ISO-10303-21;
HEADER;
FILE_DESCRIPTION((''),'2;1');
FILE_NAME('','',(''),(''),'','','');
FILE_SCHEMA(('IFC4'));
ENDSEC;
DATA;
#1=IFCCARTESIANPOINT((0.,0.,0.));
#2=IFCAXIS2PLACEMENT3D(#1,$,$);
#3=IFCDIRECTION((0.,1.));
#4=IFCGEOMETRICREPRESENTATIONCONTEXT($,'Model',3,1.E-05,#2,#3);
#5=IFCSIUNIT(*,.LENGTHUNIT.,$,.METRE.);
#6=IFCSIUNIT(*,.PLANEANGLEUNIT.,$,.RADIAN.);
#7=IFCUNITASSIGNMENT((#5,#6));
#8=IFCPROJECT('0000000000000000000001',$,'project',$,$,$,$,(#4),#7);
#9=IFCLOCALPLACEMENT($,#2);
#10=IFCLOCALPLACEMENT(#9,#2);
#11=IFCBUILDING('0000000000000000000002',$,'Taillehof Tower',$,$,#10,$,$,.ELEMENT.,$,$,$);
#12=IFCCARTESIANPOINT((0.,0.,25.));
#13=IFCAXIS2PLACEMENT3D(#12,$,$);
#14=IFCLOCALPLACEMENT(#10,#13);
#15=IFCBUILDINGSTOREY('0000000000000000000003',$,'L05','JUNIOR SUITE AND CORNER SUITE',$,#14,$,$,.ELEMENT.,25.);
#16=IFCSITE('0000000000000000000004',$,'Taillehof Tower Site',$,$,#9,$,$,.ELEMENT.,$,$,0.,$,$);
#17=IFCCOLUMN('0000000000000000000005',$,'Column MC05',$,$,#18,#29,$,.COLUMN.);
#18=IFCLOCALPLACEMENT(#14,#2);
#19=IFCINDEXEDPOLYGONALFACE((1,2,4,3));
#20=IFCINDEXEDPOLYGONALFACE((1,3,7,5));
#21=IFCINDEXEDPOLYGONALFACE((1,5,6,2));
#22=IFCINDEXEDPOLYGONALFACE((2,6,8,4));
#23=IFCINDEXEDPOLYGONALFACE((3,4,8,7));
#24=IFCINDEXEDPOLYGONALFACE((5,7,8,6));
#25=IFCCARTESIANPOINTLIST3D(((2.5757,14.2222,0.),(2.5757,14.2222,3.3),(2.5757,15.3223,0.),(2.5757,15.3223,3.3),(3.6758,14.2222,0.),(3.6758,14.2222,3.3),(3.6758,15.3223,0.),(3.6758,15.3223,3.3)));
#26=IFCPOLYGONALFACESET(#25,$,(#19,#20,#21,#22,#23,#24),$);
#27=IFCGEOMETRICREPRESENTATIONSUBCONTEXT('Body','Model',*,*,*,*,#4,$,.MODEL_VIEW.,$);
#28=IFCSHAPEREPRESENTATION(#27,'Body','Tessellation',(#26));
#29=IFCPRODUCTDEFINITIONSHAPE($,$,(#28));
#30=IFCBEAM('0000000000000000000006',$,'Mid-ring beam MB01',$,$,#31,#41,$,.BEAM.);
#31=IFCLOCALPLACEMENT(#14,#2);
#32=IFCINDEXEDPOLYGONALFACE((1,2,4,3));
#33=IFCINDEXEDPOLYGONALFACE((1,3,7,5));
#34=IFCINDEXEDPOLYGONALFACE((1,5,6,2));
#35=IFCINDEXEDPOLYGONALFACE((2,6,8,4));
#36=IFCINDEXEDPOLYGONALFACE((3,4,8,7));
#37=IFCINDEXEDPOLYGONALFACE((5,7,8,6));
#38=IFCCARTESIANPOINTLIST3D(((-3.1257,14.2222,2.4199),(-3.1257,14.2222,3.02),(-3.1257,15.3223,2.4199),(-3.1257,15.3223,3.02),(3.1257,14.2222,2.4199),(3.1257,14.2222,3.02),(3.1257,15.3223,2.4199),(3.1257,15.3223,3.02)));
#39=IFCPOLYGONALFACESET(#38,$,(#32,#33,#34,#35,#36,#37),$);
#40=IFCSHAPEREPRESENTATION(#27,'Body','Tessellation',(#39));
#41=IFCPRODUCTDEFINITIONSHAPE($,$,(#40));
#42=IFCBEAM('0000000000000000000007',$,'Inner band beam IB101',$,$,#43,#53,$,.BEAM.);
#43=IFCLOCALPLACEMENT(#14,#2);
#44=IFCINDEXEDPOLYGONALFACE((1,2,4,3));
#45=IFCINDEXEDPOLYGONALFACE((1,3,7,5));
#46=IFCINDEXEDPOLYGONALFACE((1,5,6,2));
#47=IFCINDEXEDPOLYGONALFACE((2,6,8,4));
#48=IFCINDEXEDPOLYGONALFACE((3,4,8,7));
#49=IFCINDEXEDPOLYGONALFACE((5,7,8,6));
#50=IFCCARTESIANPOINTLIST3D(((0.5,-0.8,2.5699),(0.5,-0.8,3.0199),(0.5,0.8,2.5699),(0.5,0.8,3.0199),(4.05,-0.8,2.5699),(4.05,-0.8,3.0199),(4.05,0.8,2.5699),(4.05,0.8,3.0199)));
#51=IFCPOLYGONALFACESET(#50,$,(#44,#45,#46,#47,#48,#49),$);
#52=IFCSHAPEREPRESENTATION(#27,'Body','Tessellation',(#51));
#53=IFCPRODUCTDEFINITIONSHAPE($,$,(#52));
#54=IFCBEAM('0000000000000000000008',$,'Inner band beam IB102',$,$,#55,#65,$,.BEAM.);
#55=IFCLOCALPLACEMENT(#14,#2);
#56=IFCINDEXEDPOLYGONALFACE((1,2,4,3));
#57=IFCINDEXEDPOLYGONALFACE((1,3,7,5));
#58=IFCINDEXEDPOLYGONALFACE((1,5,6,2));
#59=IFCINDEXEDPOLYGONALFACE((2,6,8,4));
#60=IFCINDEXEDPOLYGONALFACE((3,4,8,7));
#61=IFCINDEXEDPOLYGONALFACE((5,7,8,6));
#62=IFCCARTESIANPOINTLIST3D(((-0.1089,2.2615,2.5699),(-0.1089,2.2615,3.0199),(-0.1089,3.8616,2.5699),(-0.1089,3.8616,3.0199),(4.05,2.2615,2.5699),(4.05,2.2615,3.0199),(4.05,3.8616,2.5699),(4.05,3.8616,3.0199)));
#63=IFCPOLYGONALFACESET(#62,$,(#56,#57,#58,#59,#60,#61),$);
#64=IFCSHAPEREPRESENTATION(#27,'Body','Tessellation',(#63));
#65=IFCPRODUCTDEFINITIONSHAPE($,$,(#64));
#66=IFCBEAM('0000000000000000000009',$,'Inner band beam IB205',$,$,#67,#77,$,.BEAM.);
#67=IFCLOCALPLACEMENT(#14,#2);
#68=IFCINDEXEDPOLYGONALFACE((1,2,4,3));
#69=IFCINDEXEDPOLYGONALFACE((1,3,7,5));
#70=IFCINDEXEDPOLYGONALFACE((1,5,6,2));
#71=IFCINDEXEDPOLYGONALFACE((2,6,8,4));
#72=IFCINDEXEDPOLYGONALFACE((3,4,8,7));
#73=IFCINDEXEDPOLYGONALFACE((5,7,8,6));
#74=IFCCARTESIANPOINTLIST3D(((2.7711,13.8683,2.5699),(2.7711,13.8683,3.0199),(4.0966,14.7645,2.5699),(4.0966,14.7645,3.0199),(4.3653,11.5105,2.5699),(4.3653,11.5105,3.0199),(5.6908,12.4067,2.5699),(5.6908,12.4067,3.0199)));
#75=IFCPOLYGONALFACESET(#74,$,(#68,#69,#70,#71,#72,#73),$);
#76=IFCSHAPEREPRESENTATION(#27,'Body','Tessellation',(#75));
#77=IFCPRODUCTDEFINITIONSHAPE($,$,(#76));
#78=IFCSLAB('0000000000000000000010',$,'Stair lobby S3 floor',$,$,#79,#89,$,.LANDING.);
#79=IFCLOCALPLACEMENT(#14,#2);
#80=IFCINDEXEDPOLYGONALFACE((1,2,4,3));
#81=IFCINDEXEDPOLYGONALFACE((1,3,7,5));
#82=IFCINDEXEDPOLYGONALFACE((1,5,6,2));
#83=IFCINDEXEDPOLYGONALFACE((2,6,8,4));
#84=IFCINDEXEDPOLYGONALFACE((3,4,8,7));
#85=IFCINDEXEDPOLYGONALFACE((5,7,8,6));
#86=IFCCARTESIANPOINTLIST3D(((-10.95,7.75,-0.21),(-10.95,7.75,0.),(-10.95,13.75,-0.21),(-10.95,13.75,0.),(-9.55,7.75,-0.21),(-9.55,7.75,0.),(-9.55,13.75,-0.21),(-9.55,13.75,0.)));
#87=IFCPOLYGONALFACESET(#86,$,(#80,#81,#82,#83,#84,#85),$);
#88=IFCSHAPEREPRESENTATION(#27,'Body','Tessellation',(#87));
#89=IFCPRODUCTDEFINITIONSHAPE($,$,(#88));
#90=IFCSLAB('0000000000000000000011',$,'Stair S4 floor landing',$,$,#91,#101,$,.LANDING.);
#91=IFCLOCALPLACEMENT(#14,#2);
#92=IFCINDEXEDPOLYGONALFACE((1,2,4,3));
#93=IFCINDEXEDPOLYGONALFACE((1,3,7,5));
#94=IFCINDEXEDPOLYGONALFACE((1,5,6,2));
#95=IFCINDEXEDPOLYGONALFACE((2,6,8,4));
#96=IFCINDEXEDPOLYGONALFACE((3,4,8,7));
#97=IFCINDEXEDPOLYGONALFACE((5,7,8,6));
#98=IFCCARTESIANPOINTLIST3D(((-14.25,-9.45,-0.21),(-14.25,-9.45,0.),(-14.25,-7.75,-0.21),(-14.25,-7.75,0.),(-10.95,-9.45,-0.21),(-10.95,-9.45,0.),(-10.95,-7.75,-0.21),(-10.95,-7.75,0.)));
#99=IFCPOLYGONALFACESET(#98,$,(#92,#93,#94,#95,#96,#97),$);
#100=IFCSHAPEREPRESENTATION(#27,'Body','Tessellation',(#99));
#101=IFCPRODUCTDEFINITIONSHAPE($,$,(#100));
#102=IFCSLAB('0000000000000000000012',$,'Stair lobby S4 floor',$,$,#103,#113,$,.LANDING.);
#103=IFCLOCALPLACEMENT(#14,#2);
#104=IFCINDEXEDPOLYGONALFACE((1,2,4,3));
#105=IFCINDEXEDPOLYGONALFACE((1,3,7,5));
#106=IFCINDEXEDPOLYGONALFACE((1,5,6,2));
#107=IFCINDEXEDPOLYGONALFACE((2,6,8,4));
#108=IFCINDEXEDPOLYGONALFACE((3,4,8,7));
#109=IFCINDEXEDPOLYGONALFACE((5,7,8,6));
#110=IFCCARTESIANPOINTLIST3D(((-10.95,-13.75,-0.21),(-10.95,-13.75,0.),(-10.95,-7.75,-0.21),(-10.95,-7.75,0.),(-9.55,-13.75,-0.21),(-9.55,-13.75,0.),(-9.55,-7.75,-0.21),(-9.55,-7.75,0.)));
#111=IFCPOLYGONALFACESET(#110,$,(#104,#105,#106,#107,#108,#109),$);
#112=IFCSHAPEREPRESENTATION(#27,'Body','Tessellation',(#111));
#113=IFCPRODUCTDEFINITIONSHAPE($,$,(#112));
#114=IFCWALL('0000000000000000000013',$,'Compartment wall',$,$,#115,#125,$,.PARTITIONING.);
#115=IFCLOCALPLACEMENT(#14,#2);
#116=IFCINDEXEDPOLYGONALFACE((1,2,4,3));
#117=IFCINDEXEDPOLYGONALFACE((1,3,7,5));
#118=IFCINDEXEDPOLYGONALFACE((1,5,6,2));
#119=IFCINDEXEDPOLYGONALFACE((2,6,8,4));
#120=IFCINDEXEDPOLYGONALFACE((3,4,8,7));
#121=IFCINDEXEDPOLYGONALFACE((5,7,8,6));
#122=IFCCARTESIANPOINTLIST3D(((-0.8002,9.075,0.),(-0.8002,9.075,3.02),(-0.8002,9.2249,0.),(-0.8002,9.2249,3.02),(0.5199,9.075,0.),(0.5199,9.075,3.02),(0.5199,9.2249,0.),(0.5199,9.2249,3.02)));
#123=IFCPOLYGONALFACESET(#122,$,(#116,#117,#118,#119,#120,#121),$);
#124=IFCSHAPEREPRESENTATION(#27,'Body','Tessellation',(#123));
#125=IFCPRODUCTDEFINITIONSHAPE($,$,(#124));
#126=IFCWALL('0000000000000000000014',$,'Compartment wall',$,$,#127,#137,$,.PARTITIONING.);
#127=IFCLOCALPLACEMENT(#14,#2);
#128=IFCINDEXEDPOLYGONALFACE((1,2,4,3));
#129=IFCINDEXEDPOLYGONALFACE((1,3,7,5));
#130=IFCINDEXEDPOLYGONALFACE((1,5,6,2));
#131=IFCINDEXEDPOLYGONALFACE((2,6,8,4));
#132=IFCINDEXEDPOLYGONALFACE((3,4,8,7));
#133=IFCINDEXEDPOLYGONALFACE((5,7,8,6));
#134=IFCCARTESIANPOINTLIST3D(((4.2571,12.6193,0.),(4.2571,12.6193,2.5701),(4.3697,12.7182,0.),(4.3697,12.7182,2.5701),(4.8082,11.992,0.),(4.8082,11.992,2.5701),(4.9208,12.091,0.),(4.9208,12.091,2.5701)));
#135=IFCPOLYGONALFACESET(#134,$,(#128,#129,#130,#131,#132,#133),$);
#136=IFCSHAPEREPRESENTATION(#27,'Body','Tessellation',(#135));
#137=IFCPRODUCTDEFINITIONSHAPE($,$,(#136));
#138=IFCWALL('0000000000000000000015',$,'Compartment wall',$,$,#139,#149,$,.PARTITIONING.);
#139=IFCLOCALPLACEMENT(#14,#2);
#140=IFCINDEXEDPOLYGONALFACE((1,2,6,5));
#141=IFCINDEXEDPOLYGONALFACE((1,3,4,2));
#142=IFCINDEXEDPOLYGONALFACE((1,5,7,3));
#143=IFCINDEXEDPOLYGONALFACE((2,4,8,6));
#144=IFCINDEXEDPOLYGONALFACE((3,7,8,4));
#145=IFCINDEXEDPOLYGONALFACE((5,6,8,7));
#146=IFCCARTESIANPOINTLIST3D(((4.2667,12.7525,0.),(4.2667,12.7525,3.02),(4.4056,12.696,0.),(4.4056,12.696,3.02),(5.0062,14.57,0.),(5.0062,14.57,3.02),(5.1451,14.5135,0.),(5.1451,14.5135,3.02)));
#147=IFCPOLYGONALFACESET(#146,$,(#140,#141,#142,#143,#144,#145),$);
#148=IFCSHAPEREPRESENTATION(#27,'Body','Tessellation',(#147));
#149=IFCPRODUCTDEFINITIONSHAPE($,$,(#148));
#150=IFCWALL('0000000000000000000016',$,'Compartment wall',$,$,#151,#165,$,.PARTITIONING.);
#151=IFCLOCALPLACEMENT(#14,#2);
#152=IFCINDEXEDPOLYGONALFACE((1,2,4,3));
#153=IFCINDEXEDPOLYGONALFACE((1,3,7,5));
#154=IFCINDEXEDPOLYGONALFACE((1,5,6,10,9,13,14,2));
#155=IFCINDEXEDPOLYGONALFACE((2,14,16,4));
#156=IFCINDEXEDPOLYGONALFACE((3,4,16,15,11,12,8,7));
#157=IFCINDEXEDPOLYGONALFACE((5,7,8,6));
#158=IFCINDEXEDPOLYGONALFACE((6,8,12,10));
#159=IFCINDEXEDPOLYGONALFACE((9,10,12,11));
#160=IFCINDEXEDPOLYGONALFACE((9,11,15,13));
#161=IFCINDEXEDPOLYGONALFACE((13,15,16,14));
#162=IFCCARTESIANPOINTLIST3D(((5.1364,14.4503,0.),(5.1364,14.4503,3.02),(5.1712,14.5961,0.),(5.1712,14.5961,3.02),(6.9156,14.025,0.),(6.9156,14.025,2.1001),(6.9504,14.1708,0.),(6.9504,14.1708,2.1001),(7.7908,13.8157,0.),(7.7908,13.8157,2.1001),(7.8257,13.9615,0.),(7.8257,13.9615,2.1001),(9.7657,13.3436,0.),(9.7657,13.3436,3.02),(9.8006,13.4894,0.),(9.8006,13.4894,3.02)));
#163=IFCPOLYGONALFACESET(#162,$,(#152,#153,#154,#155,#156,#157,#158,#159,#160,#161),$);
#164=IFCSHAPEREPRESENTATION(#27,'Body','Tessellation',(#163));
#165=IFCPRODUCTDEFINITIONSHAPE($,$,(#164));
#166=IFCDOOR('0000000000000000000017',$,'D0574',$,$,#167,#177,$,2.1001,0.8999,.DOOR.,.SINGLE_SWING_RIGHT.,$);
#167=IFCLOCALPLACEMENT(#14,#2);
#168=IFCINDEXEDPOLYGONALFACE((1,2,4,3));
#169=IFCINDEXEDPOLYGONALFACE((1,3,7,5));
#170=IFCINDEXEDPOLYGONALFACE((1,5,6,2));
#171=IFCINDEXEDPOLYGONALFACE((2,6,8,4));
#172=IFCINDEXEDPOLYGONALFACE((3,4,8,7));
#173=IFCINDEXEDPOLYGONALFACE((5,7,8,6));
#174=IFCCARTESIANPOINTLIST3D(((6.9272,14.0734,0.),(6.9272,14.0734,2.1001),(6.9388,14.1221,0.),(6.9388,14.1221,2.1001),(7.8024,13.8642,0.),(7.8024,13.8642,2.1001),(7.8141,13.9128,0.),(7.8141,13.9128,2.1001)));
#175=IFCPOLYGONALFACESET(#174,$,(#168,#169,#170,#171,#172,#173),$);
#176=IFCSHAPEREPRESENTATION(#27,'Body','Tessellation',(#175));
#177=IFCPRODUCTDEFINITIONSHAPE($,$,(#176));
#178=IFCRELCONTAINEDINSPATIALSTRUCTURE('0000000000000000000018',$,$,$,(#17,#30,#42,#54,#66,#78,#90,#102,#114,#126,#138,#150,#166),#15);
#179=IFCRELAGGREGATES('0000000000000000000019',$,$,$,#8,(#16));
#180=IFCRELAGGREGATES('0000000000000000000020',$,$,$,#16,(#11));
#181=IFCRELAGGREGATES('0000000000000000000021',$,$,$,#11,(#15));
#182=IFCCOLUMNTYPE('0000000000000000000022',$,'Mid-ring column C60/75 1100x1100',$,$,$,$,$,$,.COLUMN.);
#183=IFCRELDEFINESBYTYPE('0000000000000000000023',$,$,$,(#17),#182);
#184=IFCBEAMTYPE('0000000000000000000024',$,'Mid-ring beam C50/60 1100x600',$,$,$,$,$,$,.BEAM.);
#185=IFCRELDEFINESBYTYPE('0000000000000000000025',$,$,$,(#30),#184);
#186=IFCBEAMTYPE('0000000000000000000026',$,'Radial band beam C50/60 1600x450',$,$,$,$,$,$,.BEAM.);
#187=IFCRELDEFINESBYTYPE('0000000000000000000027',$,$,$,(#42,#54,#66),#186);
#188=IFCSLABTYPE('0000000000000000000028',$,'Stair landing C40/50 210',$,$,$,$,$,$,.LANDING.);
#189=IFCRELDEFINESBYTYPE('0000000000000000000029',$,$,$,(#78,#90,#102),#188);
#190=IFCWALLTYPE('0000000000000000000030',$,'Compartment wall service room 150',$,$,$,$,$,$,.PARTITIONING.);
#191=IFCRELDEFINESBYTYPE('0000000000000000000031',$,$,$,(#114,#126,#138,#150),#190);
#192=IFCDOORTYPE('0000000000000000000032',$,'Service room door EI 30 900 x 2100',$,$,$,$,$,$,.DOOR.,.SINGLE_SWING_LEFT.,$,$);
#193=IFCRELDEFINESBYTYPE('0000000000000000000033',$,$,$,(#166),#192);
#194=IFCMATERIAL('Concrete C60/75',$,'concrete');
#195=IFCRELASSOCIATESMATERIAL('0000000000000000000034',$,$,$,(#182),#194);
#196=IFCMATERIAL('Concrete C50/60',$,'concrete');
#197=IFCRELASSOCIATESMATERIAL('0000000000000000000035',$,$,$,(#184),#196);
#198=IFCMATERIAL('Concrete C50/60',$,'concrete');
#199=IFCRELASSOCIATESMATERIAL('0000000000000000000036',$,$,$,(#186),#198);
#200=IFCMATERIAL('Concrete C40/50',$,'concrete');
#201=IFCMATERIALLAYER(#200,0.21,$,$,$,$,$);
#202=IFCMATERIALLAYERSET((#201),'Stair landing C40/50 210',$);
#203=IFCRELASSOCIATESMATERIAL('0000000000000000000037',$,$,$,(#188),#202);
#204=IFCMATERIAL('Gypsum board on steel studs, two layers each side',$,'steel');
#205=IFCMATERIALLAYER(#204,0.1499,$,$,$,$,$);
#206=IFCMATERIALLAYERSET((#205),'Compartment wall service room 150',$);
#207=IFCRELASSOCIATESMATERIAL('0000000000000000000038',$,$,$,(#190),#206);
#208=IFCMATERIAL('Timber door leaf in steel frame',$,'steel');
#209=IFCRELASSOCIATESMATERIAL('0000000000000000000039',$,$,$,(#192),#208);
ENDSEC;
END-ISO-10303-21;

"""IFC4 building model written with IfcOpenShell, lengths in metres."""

from ifc_helpers import new_model, si_unit, direction, frame, frame_2d, origin, origin_2d, place, context, subcontext, project, spatial, polyline, rectangle, outline, extrude, material, layer, layer_set, material_profile, profile_set, type_object, element, fill, save


model = new_model("IFC4")

# Units and contexts
model_context = context("Model", 3, precision=1e-05, world=origin(), true_north=direction((0.0, 1.0)))
body_context = subcontext(model_context, "Body", "Model", "MODEL_VIEW")
ifc_project = project(units=[si_unit("LENGTHUNIT", "METRE"), si_unit("PLANEANGLEUNIT", "RADIAN")], contexts=[model_context])

# Site, building, storey
site_placement = place(None, origin())
site = spatial("IfcSite", under=ifc_project, at=site_placement, Name="Taillehof Tower Site", CompositionType="ELEMENT", RefElevation=0.0)
building_placement = place(site_placement, origin())
building = spatial("IfcBuilding", under=site, at=building_placement, Name="Taillehof Tower", CompositionType="ELEMENT")
storey_placement = place(building_placement, frame((0.0, 0.0, 25.0)))
storey = spatial("IfcBuildingStorey", under=building, at=storey_placement, Name="L05", Description="JUNIOR SUITE AND CORNER SUITE", CompositionType="ELEMENT", Elevation=25.0)

# Column
ifc_material_1 = material(Name="Concrete C60/75", Category="concrete")
ifc_material_profile_1 = material_profile(ifc_material_1, rectangle(XDim=1.1001, YDim=1.1001, at=origin_2d()), Name="RC 1100x1100")
ifc_profile_set_1 = profile_set([ifc_material_profile_1], Name="Concrete C60/75")
column_type = type_object("IfcColumnType", Name="Mid-ring column C60/75 1100x1100", PredefinedType="COLUMN", material=ifc_profile_set_1)
column_placement = place(storey_placement, frame((3.1257, 14.7722, 0.0), z_axis=(0.0, 0.0, 1.0), x_axis=(1.0, 0.0, 0.0)))
element("IfcColumn", 1, at=column_placement, inside=storey, type_object=column_type, Name="Column MC05", PredefinedType="COLUMN", context=body_context, shape_type="SweptSolid", body=[
    extrude(rectangle(XDim=1.1001, YDim=1.1001, at=origin_2d()), origin(), (0.0, 0.0, 1.0), 3.3),
])

# Beams
ifc_material_2 = material(Name="Concrete C50/60", Category="concrete")
ifc_material_profile_2 = material_profile(ifc_material_2, rectangle(XDim=1.1001, YDim=0.6001, at=origin_2d()), Name="RC 1100x600")
ifc_profile_set_2 = profile_set([ifc_material_profile_2], Name="Concrete C50/60")
beam_type_1 = type_object("IfcBeamType", Name="Mid-ring beam C50/60 1100x600", PredefinedType="BEAM", material=ifc_profile_set_2)
beam_1_placement = place(storey_placement, frame((3.1257, 14.7722, 2.72), z_axis=(-1.0, 0.0, 0.0), x_axis=(0.0, -1.0, 0.0)))
element("IfcBeam", 2, at=beam_1_placement, inside=storey, type_object=beam_type_1, Name="Mid-ring beam MB01", PredefinedType="BEAM", context=body_context, shape_type="SweptSolid", body=[
    extrude(rectangle(XDim=1.1001, YDim=0.6001, at=origin_2d()), origin(), (0.0, 0.0, 1.0), 6.2515),
])
ifc_material_3 = material(Name="Concrete C50/60", Category="concrete")
ifc_material_profile_3 = material_profile(ifc_material_3, rectangle(XDim=1.6001, YDim=0.45, at=origin_2d()), Name="RC 1600x450")
ifc_profile_set_3 = profile_set([ifc_material_profile_3], Name="Concrete C50/60")
beam_type_2 = type_object("IfcBeamType", Name="Radial band beam C50/60 1600x450", PredefinedType="BEAM", material=ifc_profile_set_3)
beam_2_placement = place(storey_placement, frame((0.5, 0.0, 2.7949), z_axis=(1.0, 0.0, 0.0), x_axis=(0.0, 1.0, 0.0)))
element("IfcBeam", 3, at=beam_2_placement, inside=storey, type_object=beam_type_2, Name="Inner band beam IB101", PredefinedType="BEAM", context=body_context, shape_type="SweptSolid", body=[
    extrude(rectangle(XDim=1.6001, YDim=0.45, at=origin_2d()), origin(), (0.0, 0.0, 1.0), 3.55),
])
beam_3_placement = place(storey_placement, frame((-0.1089, 3.0615, 2.7949), z_axis=(1.0, 0.0, 0.0), x_axis=(0.0, 1.0, 0.0)))
element("IfcBeam", 4, at=beam_3_placement, inside=storey, type_object=beam_type_2, Name="Inner band beam IB102", PredefinedType="BEAM", context=body_context, shape_type="SweptSolid", body=[
    extrude(rectangle(XDim=1.6001, YDim=0.45, at=origin_2d()), origin(), (0.0, 0.0, 1.0), 4.1589),
])
beam_4_placement = place(storey_placement, frame((3.4338, 14.3164, 2.7949), z_axis=(0.560112, -0.828417, 0.0), x_axis=(0.828417, 0.560112, 0.0)))
element("IfcBeam", 5, at=beam_4_placement, inside=storey, type_object=beam_type_2, Name="Inner band beam IB205", PredefinedType="BEAM", context=body_context, shape_type="SweptSolid", body=[
    extrude(rectangle(XDim=1.6001, YDim=0.45, at=origin_2d()), origin(), (0.0, 0.0, 1.0), 2.8462),
])

# Slabs
ifc_material_4 = material(Name="Concrete C40/50", Category="concrete")
ifc_layer_1 = layer(ifc_material_4, 0.21)
ifc_layer_set_1 = layer_set([ifc_layer_1], Name="Stair landing C40/50 210")
slab_type = type_object("IfcSlabType", Name="Stair landing C40/50 210", PredefinedType="LANDING", material=ifc_layer_set_1)
slab_1_placement = place(storey_placement, frame((0.0, 0.0, -0.21)))
element("IfcSlab", 6, at=slab_1_placement, inside=storey, type_object=slab_type, Name="Stair lobby S3 floor", PredefinedType="LANDING", context=body_context, shape_type="SweptSolid", body=[
    extrude(outline(polyline([(-10.95, 7.75), (-9.55, 7.75), (-9.55, 13.75), (-10.95, 13.75), (-10.95, 7.75)])), origin(), (0.0, 0.0, 1.0), 0.21),
])
slab_2_placement = place(storey_placement, frame((0.0, 0.0, -0.21)))
element("IfcSlab", 7, at=slab_2_placement, inside=storey, type_object=slab_type, Name="Stair S4 floor landing", PredefinedType="LANDING", context=body_context, shape_type="SweptSolid", body=[
    extrude(outline(polyline([(-14.25, -7.75), (-14.25, -9.45), (-10.95, -9.45), (-10.95, -7.75), (-14.25, -7.75)])), origin(), (0.0, 0.0, 1.0), 0.21),
])
slab_3_placement = place(storey_placement, frame((0.0, 0.0, -0.21)))
element("IfcSlab", 8, at=slab_3_placement, inside=storey, type_object=slab_type, Name="Stair lobby S4 floor", PredefinedType="LANDING", context=body_context, shape_type="SweptSolid", body=[
    extrude(outline(polyline([(-10.95, -13.75), (-9.55, -13.75), (-9.55, -7.75), (-10.95, -7.75), (-10.95, -13.75)])), origin(), (0.0, 0.0, 1.0), 0.21),
])

# Walls
ifc_material_5 = material(Name="Gypsum board on steel studs, two layers each side", Category="steel")
ifc_layer_2 = layer(ifc_material_5, 0.1499)
ifc_layer_set_2 = layer_set([ifc_layer_2], Name="Compartment wall service room 150")
wall_type_1 = type_object("IfcWallType", Name="Compartment wall service room 150", PredefinedType="PARTITIONING", material=ifc_layer_set_2)
wall_1_placement = place(storey_placement, frame((0.52, 9.1499, 0.0), z_axis=(0.0, 0.0, 1.0), x_axis=(-1.0, 0.0, 0.0)))
element("IfcWall", 9, at=wall_1_placement, inside=storey, type_object=wall_type_1, Name="Compartment wall", PredefinedType="PARTITIONING", context=body_context, shape_type="SweptSolid", body=[
    extrude(rectangle(XDim=1.3201, YDim=0.1499, at=frame_2d((0.6602, 0.0))), origin(), (0.0, 0.0, 1.0), 3.02),
])
wall_2_placement = place(storey_placement, frame((4.8645, 12.0415, 0.0), z_axis=(0.0, 0.0, 1.0), x_axis=(-0.660015, 0.751253, 0.0)))
element("IfcWall", 10, at=wall_2_placement, inside=storey, type_object=wall_type_1, Name="Compartment wall", PredefinedType="PARTITIONING", context=body_context, shape_type="SweptSolid", body=[
    extrude(rectangle(XDim=0.835, YDim=0.1499, at=frame_2d((0.4175, 0.0))), origin(), (0.0, 0.0, 1.0), 2.5701),
])
wall_3_placement = place(storey_placement, frame((4.3362, 12.7244, 0.0), z_axis=(0.0, 0.0, 1.0), x_axis=(0.376898, 0.926255, 0.0)))
element("IfcWall", 11, at=wall_3_placement, inside=storey, type_object=wall_type_1, Name="Compartment wall", PredefinedType="PARTITIONING", context=body_context, shape_type="SweptSolid", body=[
    extrude(rectangle(XDim=1.9622, YDim=0.1499, at=frame_2d((0.981, 0.0))), origin(), (0.0, 0.0, 1.0), 3.02),
])

# Wall, opening, door
wall_4_placement = place(storey_placement, frame((5.1538, 14.5232, 0.0), z_axis=(0.0, 0.0, 1.0), x_axis=(0.972595, -0.232506, 0.0)))
wall_4 = element("IfcWall", 12, at=wall_4_placement, inside=storey, type_object=wall_type_1, Name="Compartment wall", PredefinedType="PARTITIONING", context=body_context, shape_type="SweptSolid", body=[
    extrude(rectangle(XDim=4.7598, YDim=0.1499, at=frame_2d((2.3799, 0.0))), origin(), (0.0, 0.0, 1.0), 3.02),
])
opening_1_placement = place(wall_4_placement, frame((1.8293, 0.0, 0.0)))
opening_1 = element("IfcOpeningElement", 13, at=opening_1_placement, cuts=wall_4, PredefinedType="OPENING", context=body_context, shape_type="SweptSolid", body=[
    extrude(rectangle(XDim=0.8999, YDim=2.1001, at=frame_2d((0.45, 1.05))), frame((0.0, 0.085, 0.0), z_axis=(0.0, -1.0, 0.0), x_axis=(1.0, 0.0, 0.0)), (0.0, 0.0, 1.0), 0.1699),
])
ifc_material_6 = material(Name="Timber door leaf in steel frame", Category="steel")
door_type_1 = type_object("IfcDoorType", Name="Service room door EI 30 900 x 2100", OperationType="SINGLE_SWING_LEFT", PredefinedType="DOOR", material=ifc_material_6)
door_1_placement = place(opening_1_placement, origin())
door_1 = element("IfcDoor", 14, at=door_1_placement, inside=storey, type_object=door_type_1, Name="D0574", OperationType="SINGLE_SWING_RIGHT", OverallHeight=2.1001, OverallWidth=0.8999, PredefinedType="DOOR", context=body_context, shape_type="SweptSolid", body=[
    extrude(rectangle(XDim=0.8999, YDim=2.1001, at=frame_2d((0.45, 1.05))), frame((0.0, 0.0249, 0.0), z_axis=(0.0, -1.0, 0.0), x_axis=(1.0, 0.0, 0.0)), (0.0, 0.0, 1.0), 0.05),
])
fill(opening_1, door_1)

save(model, "model.ifc")
